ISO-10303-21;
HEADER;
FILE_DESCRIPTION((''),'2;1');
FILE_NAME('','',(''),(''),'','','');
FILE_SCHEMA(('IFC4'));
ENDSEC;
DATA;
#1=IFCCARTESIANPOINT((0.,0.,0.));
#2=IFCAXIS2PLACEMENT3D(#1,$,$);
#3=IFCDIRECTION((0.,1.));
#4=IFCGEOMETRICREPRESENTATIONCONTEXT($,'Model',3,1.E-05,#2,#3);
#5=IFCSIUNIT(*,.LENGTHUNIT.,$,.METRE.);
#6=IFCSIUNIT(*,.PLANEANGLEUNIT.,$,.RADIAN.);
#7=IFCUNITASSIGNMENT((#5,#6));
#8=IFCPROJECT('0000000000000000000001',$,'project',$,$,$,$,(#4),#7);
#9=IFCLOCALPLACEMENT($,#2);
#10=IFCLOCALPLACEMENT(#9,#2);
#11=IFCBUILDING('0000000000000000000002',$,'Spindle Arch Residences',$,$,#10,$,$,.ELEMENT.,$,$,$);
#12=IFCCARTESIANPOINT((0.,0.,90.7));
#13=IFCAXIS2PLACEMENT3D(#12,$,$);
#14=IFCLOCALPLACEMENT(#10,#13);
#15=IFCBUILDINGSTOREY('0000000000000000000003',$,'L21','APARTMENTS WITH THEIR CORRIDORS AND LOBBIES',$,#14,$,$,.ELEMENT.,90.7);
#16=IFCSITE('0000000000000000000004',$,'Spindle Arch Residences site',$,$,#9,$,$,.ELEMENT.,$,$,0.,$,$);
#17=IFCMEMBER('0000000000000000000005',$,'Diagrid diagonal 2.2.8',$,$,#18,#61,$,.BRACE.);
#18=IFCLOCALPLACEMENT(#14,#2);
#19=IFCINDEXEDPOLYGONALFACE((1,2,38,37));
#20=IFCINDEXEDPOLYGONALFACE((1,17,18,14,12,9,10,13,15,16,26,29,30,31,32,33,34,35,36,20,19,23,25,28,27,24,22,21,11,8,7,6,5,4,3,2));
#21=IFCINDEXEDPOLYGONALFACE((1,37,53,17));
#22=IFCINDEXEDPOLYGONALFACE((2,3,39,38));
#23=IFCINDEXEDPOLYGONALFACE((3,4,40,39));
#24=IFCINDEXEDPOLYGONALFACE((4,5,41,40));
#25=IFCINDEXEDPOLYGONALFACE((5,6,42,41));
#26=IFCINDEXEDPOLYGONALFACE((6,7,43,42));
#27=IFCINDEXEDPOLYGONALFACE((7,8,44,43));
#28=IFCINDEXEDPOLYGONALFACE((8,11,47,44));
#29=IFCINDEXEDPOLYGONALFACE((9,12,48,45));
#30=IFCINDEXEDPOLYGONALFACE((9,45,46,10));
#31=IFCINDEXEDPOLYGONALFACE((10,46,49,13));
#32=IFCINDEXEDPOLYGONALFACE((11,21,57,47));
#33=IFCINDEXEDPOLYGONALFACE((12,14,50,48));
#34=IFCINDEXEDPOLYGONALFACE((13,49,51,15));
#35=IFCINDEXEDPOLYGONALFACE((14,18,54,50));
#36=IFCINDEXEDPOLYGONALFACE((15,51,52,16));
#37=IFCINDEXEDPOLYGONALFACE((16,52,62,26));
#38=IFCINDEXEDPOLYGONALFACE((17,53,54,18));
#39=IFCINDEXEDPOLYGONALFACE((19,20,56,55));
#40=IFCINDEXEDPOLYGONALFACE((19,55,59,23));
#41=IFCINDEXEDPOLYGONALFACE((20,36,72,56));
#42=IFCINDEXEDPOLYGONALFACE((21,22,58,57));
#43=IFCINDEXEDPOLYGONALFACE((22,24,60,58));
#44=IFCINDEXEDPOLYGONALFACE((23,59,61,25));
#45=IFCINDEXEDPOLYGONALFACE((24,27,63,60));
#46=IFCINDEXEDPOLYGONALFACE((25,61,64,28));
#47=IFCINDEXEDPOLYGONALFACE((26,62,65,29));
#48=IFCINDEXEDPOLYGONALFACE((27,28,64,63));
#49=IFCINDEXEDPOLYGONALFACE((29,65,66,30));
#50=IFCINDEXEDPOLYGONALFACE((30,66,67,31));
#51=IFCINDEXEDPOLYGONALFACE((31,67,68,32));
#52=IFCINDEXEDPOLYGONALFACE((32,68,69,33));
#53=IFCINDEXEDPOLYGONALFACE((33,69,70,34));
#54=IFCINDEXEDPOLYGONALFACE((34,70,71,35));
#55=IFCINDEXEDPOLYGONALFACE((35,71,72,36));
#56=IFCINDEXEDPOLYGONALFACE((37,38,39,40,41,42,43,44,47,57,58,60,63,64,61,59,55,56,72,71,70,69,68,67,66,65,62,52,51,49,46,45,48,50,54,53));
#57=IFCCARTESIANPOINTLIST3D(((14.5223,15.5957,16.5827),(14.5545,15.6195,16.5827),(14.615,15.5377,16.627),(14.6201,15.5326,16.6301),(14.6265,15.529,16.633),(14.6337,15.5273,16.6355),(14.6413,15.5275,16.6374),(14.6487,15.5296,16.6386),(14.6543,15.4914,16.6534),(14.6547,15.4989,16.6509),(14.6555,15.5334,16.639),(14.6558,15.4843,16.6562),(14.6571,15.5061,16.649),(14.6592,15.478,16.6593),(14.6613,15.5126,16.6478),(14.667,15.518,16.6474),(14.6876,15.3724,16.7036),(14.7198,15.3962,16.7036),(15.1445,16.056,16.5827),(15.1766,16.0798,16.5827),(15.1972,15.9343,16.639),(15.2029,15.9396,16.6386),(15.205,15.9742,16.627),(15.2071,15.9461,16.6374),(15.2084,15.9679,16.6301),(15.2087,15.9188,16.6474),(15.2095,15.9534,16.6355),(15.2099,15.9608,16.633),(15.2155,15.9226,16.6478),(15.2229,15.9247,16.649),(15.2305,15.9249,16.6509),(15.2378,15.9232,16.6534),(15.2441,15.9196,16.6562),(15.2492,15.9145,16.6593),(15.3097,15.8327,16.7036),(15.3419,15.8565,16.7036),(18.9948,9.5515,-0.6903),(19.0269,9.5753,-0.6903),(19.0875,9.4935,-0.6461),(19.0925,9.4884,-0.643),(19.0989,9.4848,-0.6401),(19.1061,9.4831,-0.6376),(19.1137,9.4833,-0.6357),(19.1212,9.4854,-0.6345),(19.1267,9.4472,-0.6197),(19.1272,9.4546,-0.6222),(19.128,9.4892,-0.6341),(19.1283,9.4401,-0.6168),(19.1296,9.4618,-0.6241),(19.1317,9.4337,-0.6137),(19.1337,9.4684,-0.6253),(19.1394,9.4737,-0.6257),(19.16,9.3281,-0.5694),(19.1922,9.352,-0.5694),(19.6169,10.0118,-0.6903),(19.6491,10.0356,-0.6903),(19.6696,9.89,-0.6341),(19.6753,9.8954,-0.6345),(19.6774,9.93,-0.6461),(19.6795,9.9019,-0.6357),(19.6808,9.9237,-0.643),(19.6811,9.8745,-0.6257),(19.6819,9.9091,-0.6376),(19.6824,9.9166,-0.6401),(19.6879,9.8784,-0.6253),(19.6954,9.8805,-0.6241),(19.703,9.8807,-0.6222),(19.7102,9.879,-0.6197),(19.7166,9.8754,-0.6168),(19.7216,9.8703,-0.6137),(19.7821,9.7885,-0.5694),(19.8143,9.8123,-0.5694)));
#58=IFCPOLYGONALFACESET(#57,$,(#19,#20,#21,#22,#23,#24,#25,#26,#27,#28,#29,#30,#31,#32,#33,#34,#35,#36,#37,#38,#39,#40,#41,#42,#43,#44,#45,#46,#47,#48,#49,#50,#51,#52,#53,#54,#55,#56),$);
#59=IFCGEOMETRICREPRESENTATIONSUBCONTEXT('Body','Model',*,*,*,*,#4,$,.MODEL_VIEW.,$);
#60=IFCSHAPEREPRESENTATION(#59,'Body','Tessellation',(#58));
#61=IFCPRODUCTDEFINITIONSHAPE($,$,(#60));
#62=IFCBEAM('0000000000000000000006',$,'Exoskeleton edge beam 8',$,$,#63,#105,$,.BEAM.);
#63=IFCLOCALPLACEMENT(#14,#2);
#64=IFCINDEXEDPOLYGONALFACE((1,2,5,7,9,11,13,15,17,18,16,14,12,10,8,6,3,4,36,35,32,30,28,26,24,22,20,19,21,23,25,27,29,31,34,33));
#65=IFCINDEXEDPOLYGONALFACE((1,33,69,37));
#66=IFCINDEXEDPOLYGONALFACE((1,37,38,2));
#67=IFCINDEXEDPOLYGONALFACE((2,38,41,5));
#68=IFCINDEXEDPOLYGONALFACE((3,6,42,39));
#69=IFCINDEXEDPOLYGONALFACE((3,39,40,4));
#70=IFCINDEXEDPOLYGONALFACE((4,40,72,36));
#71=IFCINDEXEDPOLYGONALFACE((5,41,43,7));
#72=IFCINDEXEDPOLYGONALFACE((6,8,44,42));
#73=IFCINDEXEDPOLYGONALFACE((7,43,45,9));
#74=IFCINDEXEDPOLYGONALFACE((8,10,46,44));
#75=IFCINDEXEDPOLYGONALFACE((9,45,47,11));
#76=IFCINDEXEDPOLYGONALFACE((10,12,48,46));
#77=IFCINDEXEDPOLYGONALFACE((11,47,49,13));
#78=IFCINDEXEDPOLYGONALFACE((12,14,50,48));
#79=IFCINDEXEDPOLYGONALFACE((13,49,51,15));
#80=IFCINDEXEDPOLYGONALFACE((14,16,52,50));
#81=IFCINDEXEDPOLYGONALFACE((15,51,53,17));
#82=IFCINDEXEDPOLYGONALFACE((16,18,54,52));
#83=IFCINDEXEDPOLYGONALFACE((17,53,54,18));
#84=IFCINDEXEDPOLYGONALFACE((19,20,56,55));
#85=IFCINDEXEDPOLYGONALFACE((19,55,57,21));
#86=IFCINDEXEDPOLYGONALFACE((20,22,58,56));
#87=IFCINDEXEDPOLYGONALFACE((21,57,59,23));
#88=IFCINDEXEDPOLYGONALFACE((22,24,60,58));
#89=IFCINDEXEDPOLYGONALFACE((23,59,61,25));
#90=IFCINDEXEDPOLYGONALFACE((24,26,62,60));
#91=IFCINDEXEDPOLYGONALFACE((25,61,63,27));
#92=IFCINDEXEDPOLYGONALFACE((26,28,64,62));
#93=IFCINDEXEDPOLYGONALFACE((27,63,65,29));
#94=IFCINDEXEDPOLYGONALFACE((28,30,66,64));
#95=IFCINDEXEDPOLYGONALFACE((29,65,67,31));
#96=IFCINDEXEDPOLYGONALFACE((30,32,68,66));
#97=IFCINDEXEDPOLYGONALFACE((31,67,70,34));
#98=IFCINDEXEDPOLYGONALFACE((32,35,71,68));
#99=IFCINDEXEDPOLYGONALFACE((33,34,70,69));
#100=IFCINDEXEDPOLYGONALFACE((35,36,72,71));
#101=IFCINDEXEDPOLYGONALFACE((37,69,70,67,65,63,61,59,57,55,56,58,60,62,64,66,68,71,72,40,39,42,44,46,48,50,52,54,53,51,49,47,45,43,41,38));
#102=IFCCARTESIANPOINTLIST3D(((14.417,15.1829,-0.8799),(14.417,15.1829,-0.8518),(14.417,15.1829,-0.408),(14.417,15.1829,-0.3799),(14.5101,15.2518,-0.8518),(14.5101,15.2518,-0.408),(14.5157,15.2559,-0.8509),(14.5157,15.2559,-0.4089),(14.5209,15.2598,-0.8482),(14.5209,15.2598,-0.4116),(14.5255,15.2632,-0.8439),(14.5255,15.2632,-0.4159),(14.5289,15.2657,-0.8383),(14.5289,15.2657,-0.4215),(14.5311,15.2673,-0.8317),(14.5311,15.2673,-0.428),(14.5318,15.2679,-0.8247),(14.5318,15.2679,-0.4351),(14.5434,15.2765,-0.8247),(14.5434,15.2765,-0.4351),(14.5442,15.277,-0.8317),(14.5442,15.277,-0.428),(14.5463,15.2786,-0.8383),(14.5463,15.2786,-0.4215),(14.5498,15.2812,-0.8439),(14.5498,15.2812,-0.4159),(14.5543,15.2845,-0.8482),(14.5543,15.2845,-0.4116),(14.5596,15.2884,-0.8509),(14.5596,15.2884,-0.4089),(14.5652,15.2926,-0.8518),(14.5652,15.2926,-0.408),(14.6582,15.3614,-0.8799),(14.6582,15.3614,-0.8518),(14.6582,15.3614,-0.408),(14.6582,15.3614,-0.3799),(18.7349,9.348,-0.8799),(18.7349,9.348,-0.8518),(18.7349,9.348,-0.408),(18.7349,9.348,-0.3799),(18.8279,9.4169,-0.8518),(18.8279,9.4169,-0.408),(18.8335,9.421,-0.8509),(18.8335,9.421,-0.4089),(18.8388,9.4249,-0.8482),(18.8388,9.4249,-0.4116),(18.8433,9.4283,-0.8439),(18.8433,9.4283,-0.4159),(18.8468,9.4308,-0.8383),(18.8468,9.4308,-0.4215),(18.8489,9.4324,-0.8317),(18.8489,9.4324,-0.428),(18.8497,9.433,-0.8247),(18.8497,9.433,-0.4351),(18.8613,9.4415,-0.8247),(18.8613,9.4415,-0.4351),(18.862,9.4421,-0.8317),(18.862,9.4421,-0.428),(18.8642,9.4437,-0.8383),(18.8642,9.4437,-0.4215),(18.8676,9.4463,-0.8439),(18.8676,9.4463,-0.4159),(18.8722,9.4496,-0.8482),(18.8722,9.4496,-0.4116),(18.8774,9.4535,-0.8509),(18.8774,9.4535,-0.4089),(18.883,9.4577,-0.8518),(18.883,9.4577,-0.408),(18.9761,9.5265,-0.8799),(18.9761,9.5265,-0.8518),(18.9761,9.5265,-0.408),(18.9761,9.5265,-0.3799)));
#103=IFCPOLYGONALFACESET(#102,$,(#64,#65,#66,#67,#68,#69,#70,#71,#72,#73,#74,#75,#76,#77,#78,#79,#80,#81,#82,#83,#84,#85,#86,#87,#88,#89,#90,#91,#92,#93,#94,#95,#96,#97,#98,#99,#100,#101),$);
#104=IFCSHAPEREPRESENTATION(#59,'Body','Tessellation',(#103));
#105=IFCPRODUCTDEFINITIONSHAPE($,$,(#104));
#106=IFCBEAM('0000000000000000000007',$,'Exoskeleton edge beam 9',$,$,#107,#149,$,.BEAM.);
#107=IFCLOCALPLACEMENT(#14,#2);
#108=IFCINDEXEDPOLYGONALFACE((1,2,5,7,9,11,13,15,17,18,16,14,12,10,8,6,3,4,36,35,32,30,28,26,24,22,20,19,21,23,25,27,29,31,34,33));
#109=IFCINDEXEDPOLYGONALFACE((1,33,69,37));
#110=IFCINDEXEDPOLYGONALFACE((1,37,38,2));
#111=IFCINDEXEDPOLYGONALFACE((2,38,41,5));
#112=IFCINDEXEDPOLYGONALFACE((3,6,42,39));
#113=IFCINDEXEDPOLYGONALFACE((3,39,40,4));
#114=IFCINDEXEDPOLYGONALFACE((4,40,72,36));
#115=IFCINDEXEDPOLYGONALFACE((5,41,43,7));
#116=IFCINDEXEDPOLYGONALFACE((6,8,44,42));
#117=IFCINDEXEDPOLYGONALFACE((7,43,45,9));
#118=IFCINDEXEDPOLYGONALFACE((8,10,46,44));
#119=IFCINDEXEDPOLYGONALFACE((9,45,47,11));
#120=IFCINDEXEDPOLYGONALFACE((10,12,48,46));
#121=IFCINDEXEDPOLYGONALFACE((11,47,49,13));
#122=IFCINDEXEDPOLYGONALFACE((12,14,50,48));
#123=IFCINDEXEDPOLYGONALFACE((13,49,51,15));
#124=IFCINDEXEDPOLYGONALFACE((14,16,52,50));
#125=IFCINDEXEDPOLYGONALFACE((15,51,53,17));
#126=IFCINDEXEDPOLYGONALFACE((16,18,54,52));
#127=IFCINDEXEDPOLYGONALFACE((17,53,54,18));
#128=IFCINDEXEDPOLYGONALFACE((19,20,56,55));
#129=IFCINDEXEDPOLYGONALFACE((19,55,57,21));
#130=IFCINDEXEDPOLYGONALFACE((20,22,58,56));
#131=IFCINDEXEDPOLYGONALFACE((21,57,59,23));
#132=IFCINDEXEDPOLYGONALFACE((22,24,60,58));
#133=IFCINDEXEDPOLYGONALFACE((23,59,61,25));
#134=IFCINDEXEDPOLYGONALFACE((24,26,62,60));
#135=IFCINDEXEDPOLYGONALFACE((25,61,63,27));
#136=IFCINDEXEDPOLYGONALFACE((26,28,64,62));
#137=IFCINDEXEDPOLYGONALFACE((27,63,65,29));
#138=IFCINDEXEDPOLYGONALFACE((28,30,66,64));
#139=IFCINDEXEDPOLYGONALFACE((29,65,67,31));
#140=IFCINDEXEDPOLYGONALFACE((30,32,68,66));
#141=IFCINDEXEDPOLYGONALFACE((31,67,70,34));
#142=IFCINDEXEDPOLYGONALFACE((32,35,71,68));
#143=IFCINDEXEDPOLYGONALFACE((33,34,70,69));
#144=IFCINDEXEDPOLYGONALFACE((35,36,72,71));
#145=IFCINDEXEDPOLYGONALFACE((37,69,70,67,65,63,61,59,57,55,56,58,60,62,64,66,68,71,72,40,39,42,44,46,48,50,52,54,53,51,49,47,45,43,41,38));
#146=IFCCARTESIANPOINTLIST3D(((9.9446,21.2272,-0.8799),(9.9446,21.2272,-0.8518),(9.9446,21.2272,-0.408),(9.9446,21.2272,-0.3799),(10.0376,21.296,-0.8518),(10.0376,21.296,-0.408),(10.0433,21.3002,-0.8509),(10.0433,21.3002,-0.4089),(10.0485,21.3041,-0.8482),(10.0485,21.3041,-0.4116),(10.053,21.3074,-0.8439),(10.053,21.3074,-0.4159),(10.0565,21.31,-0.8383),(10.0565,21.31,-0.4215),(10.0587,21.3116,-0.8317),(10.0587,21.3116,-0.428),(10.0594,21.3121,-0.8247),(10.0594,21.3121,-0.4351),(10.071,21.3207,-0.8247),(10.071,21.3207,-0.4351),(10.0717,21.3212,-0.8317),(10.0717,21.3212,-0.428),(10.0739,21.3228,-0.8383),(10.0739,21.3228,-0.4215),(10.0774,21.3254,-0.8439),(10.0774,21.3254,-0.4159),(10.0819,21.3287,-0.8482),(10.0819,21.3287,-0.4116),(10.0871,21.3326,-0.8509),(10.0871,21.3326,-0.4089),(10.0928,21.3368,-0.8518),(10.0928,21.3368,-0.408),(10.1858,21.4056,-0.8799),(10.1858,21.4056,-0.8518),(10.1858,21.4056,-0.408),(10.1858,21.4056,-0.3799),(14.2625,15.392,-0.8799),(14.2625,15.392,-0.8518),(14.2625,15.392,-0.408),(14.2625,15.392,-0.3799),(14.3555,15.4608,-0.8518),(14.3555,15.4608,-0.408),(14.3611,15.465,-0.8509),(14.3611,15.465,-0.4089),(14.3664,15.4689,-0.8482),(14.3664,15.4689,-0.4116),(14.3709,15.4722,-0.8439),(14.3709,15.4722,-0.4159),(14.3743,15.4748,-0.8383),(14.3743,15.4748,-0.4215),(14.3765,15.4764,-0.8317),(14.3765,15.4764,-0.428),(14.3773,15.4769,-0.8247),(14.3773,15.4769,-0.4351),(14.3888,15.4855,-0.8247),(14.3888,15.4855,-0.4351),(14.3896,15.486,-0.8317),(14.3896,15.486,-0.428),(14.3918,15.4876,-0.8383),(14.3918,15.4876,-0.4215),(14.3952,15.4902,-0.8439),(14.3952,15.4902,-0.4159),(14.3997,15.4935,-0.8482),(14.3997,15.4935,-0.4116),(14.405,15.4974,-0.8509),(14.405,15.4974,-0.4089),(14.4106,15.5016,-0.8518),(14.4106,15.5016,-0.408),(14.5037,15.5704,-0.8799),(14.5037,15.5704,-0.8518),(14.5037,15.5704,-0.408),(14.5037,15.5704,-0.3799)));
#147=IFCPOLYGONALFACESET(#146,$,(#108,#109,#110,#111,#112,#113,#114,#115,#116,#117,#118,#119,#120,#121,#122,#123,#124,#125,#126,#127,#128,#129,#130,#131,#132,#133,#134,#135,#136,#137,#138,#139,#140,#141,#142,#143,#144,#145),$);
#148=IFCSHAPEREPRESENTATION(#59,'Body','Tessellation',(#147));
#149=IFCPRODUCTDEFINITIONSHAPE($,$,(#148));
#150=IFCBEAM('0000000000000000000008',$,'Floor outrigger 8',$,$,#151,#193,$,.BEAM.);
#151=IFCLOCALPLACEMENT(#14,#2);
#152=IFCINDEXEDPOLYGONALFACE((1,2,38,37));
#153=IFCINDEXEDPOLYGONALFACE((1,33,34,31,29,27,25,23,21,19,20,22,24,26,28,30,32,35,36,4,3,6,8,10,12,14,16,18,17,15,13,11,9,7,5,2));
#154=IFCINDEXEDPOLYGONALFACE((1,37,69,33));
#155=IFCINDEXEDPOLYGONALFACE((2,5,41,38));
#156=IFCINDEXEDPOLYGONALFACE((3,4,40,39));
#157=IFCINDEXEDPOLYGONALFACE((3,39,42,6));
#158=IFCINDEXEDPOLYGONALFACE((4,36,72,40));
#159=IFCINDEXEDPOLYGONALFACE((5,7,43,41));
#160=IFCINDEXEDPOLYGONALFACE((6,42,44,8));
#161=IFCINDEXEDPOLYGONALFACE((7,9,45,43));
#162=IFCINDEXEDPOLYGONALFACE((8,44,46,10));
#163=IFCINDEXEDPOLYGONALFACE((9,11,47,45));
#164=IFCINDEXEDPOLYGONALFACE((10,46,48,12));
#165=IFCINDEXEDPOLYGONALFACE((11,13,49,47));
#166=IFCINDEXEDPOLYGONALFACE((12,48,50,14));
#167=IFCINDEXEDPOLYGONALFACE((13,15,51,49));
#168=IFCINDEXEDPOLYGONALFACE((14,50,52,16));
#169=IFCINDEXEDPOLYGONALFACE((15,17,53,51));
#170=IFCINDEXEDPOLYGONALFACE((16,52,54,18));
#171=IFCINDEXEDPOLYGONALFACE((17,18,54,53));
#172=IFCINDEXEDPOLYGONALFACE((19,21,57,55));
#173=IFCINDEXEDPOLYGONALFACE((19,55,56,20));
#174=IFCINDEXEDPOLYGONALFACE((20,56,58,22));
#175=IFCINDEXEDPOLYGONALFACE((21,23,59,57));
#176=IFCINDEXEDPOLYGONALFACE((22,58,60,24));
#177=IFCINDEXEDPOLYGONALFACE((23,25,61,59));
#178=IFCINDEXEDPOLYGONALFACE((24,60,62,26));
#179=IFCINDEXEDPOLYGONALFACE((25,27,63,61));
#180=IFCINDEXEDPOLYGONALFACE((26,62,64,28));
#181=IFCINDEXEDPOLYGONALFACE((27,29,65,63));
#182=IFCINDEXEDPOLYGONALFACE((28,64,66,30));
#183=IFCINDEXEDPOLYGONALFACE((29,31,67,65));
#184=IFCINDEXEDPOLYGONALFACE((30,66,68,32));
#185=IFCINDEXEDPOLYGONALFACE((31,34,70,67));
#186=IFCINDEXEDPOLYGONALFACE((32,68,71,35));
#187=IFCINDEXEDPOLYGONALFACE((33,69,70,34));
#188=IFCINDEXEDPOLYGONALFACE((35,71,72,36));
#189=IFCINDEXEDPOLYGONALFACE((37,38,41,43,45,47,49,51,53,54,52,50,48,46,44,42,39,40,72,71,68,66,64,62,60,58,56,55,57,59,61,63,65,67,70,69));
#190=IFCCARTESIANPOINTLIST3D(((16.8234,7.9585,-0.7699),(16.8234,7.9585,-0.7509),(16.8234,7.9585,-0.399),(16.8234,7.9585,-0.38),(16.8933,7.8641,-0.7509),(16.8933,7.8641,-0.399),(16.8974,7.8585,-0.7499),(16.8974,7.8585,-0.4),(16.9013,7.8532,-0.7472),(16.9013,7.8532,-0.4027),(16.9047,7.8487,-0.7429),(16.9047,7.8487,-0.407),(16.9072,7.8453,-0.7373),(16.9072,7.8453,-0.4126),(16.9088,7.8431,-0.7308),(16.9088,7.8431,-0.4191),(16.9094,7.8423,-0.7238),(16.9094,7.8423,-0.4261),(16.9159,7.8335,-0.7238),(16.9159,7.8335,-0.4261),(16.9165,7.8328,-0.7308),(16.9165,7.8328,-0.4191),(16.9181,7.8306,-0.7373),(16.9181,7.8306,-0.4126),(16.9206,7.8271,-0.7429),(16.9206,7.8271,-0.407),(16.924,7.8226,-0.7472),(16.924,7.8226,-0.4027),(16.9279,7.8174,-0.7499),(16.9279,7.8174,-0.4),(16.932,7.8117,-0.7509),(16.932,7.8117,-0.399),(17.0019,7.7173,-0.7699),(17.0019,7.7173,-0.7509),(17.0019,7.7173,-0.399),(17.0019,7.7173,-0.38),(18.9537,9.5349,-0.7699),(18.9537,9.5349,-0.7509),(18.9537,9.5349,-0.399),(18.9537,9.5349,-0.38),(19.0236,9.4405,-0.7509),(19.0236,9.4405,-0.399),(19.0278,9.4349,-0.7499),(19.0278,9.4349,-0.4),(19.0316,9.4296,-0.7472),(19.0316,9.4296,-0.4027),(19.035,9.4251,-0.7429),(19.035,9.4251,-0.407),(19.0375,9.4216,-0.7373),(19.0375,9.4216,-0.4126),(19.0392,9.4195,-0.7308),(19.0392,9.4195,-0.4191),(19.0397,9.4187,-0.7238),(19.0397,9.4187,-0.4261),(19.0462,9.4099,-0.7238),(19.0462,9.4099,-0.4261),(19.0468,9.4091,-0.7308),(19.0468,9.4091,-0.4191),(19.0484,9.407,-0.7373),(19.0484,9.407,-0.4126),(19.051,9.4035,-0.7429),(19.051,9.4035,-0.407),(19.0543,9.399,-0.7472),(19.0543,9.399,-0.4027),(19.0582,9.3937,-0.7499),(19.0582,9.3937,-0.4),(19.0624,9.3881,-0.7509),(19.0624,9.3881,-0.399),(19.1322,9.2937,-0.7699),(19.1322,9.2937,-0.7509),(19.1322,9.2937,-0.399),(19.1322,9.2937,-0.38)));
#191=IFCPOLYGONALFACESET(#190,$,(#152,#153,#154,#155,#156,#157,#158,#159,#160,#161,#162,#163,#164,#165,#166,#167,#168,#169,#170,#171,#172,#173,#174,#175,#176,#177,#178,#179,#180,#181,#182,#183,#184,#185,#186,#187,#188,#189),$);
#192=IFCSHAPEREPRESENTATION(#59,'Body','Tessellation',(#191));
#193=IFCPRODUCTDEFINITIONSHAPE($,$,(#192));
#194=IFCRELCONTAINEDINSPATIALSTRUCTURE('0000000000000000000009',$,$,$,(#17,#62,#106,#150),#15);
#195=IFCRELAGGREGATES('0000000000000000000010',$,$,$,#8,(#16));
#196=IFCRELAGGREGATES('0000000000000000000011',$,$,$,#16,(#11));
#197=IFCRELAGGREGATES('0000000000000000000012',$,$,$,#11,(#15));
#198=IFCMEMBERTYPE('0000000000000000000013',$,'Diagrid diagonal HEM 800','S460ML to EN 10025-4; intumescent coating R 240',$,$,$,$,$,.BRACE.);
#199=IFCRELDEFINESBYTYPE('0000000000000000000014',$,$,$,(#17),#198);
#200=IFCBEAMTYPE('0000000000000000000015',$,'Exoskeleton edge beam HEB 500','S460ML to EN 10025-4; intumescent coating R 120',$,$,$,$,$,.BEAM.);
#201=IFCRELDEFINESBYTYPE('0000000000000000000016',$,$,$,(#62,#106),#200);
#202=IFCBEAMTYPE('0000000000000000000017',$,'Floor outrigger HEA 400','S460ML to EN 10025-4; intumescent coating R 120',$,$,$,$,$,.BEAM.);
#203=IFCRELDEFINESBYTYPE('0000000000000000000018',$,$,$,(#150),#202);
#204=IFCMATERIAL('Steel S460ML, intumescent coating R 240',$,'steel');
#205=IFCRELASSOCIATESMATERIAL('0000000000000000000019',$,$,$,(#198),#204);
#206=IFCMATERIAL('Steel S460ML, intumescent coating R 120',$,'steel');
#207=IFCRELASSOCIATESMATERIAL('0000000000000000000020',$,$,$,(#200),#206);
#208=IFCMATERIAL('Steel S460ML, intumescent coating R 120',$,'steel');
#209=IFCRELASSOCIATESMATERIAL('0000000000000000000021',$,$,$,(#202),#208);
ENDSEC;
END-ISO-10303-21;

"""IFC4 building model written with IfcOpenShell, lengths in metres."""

from ifc_helpers import new_model, si_unit, direction, frame, origin, origin_2d, place, context, subcontext, project, spatial, i_section, extrude, material, material_profile, profile_set, type_object, element, save


model = new_model("IFC4")

# Units and contexts
model_context = context("Model", 3, precision=1e-05, world=origin(), true_north=direction((0.0, 1.0)))
body_context = subcontext(model_context, "Body", "Model", "MODEL_VIEW")
ifc_project = project(units=[si_unit("LENGTHUNIT", "METRE"), si_unit("PLANEANGLEUNIT", "RADIAN")], contexts=[model_context])

# Site, building, storey
site_placement = place(None, origin())
site = spatial("IfcSite", under=ifc_project, at=site_placement, Name="Spindle Arch Residences site", CompositionType="ELEMENT", RefElevation=0.0)
building_placement = place(site_placement, origin())
building = spatial("IfcBuilding", under=site, at=building_placement, Name="Spindle Arch Residences", CompositionType="ELEMENT")
storey_placement = place(building_placement, frame((0.0, 0.0, 90.7)))
storey = spatial("IfcBuildingStorey", under=building, at=storey_placement, Name="L21", Description="APARTMENTS WITH THEIR CORRIDORS AND LOBBIES", CompositionType="ELEMENT", Elevation=90.7)

# Member
ifc_material_1 = material(Name="Steel S460ML, intumescent coating R 240", Category="steel")
ifc_material_profile_1 = material_profile(ifc_material_1, i_section(OverallWidth=0.303, OverallDepth=0.814, WebThickness=0.021, FlangeThickness=0.04, FilletRadius=0.03, at=origin_2d()), Name="HEM 800")
ifc_profile_set_1 = profile_set([ifc_material_profile_1], Name="Steel S460ML, intumescent coating R 240")
member_type_1 = type_object("IfcMemberType", Name="Diagrid diagonal HEM 800", Description="S460ML to EN 10025-4; intumescent coating R 240", PredefinedType="BRACE", material=ifc_profile_set_1)
member_1_placement = place(storey_placement, frame((19.4045, 9.6819, -0.6299), z_axis=(-0.237408, 0.320842, 0.916896), x_axis=(0.545386, -0.737056, 0.399127)))
element("IfcMember", 1, at=member_1_placement, inside=storey, type_object=member_type_1, Name="Diagrid diagonal 2.2.8", PredefinedType="BRACE", context=body_context, shape_type="SweptSolid", body=[
    extrude(i_section(OverallWidth=0.303, OverallDepth=0.814, WebThickness=0.021, FlangeThickness=0.04, FilletRadius=0.03, at=origin_2d()), origin(), (0.0, 0.0, 1.0), 18.8386),
])

# Beams
ifc_material_2 = material(Name="Steel S460ML, intumescent coating R 120", Category="steel")
ifc_material_profile_2 = material_profile(ifc_material_2, i_section(OverallWidth=0.3, OverallDepth=0.5, WebThickness=0.0144, FlangeThickness=0.0281, FilletRadius=0.0271, at=origin_2d()), Name="HEB 500")
ifc_profile_set_2 = profile_set([ifc_material_profile_2], Name="Steel S460ML, intumescent coating R 120")
beam_type_1 = type_object("IfcBeamType", Name="Exoskeleton edge beam HEB 500", Description="S460ML to EN 10025-4; intumescent coating R 120", PredefinedType="BEAM", material=ifc_profile_set_2)
beam_1_placement = place(storey_placement, frame((18.8555, 9.4373, -0.6299), z_axis=(-0.594843, 0.803842, 0.0), x_axis=(-0.803842, -0.594843, 0.0)))
element("IfcBeam", 2, at=beam_1_placement, inside=storey, type_object=beam_type_1, Name="Exoskeleton edge beam 8", PredefinedType="BEAM", context=body_context, shape_type="SweptSolid", body=[
    extrude(i_section(OverallWidth=0.3, OverallDepth=0.5, WebThickness=0.0144, FlangeThickness=0.0281, FilletRadius=0.0271, at=origin_2d()), origin(), (0.0, 0.0, 1.0), 7.2588),
])
beam_2_placement = place(storey_placement, frame((14.3831, 15.4812, -0.6299), z_axis=(-0.594827, 0.803854, 0.0), x_axis=(-0.803854, -0.594827, 0.0)))
element("IfcBeam", 3, at=beam_2_placement, inside=storey, type_object=beam_type_1, Name="Exoskeleton edge beam 9", PredefinedType="BEAM", context=body_context, shape_type="SweptSolid", body=[
    extrude(i_section(OverallWidth=0.3, OverallDepth=0.5, WebThickness=0.0144, FlangeThickness=0.0281, FilletRadius=0.0271, at=origin_2d()), origin(), (0.0, 0.0, 1.0), 7.259),
])
ifc_material_3 = material(Name="Steel S460ML, intumescent coating R 120", Category="steel")
ifc_material_profile_3 = material_profile(ifc_material_3, i_section(OverallWidth=0.3, OverallDepth=0.3899, WebThickness=0.011, FlangeThickness=0.019, FilletRadius=0.0271, at=origin_2d()), Name="HEA 400")
ifc_profile_set_3 = profile_set([ifc_material_profile_3], Name="Steel S460ML, intumescent coating R 120")
beam_type_2 = type_object("IfcBeamType", Name="Floor outrigger HEA 400", Description="S460ML to EN 10025-4; intumescent coating R 120", PredefinedType="BEAM", material=ifc_profile_set_3)
for number, where, z_axis, x_axis, name in (
    (4, (19.043, 9.4143, -0.575), (-0.803852, -0.594829, 0.0), (0.594829, -0.803852, 0.0), "Floor outrigger 8"),
):
    element("IfcBeam", number, at=place(storey_placement, frame(where, z_axis=z_axis, x_axis=x_axis)), inside=storey, type_object=beam_type_2, Name=name, PredefinedType="BEAM", context=body_context, shape_type="SweptSolid", body=[
        extrude(i_section(OverallWidth=0.3, OverallDepth=0.3899, WebThickness=0.011, FlangeThickness=0.019, FilletRadius=0.0271, at=origin_2d()), origin(), (0.0, 0.0, 1.0), 2.6501),
    ])

save(model, "model.ifc")
